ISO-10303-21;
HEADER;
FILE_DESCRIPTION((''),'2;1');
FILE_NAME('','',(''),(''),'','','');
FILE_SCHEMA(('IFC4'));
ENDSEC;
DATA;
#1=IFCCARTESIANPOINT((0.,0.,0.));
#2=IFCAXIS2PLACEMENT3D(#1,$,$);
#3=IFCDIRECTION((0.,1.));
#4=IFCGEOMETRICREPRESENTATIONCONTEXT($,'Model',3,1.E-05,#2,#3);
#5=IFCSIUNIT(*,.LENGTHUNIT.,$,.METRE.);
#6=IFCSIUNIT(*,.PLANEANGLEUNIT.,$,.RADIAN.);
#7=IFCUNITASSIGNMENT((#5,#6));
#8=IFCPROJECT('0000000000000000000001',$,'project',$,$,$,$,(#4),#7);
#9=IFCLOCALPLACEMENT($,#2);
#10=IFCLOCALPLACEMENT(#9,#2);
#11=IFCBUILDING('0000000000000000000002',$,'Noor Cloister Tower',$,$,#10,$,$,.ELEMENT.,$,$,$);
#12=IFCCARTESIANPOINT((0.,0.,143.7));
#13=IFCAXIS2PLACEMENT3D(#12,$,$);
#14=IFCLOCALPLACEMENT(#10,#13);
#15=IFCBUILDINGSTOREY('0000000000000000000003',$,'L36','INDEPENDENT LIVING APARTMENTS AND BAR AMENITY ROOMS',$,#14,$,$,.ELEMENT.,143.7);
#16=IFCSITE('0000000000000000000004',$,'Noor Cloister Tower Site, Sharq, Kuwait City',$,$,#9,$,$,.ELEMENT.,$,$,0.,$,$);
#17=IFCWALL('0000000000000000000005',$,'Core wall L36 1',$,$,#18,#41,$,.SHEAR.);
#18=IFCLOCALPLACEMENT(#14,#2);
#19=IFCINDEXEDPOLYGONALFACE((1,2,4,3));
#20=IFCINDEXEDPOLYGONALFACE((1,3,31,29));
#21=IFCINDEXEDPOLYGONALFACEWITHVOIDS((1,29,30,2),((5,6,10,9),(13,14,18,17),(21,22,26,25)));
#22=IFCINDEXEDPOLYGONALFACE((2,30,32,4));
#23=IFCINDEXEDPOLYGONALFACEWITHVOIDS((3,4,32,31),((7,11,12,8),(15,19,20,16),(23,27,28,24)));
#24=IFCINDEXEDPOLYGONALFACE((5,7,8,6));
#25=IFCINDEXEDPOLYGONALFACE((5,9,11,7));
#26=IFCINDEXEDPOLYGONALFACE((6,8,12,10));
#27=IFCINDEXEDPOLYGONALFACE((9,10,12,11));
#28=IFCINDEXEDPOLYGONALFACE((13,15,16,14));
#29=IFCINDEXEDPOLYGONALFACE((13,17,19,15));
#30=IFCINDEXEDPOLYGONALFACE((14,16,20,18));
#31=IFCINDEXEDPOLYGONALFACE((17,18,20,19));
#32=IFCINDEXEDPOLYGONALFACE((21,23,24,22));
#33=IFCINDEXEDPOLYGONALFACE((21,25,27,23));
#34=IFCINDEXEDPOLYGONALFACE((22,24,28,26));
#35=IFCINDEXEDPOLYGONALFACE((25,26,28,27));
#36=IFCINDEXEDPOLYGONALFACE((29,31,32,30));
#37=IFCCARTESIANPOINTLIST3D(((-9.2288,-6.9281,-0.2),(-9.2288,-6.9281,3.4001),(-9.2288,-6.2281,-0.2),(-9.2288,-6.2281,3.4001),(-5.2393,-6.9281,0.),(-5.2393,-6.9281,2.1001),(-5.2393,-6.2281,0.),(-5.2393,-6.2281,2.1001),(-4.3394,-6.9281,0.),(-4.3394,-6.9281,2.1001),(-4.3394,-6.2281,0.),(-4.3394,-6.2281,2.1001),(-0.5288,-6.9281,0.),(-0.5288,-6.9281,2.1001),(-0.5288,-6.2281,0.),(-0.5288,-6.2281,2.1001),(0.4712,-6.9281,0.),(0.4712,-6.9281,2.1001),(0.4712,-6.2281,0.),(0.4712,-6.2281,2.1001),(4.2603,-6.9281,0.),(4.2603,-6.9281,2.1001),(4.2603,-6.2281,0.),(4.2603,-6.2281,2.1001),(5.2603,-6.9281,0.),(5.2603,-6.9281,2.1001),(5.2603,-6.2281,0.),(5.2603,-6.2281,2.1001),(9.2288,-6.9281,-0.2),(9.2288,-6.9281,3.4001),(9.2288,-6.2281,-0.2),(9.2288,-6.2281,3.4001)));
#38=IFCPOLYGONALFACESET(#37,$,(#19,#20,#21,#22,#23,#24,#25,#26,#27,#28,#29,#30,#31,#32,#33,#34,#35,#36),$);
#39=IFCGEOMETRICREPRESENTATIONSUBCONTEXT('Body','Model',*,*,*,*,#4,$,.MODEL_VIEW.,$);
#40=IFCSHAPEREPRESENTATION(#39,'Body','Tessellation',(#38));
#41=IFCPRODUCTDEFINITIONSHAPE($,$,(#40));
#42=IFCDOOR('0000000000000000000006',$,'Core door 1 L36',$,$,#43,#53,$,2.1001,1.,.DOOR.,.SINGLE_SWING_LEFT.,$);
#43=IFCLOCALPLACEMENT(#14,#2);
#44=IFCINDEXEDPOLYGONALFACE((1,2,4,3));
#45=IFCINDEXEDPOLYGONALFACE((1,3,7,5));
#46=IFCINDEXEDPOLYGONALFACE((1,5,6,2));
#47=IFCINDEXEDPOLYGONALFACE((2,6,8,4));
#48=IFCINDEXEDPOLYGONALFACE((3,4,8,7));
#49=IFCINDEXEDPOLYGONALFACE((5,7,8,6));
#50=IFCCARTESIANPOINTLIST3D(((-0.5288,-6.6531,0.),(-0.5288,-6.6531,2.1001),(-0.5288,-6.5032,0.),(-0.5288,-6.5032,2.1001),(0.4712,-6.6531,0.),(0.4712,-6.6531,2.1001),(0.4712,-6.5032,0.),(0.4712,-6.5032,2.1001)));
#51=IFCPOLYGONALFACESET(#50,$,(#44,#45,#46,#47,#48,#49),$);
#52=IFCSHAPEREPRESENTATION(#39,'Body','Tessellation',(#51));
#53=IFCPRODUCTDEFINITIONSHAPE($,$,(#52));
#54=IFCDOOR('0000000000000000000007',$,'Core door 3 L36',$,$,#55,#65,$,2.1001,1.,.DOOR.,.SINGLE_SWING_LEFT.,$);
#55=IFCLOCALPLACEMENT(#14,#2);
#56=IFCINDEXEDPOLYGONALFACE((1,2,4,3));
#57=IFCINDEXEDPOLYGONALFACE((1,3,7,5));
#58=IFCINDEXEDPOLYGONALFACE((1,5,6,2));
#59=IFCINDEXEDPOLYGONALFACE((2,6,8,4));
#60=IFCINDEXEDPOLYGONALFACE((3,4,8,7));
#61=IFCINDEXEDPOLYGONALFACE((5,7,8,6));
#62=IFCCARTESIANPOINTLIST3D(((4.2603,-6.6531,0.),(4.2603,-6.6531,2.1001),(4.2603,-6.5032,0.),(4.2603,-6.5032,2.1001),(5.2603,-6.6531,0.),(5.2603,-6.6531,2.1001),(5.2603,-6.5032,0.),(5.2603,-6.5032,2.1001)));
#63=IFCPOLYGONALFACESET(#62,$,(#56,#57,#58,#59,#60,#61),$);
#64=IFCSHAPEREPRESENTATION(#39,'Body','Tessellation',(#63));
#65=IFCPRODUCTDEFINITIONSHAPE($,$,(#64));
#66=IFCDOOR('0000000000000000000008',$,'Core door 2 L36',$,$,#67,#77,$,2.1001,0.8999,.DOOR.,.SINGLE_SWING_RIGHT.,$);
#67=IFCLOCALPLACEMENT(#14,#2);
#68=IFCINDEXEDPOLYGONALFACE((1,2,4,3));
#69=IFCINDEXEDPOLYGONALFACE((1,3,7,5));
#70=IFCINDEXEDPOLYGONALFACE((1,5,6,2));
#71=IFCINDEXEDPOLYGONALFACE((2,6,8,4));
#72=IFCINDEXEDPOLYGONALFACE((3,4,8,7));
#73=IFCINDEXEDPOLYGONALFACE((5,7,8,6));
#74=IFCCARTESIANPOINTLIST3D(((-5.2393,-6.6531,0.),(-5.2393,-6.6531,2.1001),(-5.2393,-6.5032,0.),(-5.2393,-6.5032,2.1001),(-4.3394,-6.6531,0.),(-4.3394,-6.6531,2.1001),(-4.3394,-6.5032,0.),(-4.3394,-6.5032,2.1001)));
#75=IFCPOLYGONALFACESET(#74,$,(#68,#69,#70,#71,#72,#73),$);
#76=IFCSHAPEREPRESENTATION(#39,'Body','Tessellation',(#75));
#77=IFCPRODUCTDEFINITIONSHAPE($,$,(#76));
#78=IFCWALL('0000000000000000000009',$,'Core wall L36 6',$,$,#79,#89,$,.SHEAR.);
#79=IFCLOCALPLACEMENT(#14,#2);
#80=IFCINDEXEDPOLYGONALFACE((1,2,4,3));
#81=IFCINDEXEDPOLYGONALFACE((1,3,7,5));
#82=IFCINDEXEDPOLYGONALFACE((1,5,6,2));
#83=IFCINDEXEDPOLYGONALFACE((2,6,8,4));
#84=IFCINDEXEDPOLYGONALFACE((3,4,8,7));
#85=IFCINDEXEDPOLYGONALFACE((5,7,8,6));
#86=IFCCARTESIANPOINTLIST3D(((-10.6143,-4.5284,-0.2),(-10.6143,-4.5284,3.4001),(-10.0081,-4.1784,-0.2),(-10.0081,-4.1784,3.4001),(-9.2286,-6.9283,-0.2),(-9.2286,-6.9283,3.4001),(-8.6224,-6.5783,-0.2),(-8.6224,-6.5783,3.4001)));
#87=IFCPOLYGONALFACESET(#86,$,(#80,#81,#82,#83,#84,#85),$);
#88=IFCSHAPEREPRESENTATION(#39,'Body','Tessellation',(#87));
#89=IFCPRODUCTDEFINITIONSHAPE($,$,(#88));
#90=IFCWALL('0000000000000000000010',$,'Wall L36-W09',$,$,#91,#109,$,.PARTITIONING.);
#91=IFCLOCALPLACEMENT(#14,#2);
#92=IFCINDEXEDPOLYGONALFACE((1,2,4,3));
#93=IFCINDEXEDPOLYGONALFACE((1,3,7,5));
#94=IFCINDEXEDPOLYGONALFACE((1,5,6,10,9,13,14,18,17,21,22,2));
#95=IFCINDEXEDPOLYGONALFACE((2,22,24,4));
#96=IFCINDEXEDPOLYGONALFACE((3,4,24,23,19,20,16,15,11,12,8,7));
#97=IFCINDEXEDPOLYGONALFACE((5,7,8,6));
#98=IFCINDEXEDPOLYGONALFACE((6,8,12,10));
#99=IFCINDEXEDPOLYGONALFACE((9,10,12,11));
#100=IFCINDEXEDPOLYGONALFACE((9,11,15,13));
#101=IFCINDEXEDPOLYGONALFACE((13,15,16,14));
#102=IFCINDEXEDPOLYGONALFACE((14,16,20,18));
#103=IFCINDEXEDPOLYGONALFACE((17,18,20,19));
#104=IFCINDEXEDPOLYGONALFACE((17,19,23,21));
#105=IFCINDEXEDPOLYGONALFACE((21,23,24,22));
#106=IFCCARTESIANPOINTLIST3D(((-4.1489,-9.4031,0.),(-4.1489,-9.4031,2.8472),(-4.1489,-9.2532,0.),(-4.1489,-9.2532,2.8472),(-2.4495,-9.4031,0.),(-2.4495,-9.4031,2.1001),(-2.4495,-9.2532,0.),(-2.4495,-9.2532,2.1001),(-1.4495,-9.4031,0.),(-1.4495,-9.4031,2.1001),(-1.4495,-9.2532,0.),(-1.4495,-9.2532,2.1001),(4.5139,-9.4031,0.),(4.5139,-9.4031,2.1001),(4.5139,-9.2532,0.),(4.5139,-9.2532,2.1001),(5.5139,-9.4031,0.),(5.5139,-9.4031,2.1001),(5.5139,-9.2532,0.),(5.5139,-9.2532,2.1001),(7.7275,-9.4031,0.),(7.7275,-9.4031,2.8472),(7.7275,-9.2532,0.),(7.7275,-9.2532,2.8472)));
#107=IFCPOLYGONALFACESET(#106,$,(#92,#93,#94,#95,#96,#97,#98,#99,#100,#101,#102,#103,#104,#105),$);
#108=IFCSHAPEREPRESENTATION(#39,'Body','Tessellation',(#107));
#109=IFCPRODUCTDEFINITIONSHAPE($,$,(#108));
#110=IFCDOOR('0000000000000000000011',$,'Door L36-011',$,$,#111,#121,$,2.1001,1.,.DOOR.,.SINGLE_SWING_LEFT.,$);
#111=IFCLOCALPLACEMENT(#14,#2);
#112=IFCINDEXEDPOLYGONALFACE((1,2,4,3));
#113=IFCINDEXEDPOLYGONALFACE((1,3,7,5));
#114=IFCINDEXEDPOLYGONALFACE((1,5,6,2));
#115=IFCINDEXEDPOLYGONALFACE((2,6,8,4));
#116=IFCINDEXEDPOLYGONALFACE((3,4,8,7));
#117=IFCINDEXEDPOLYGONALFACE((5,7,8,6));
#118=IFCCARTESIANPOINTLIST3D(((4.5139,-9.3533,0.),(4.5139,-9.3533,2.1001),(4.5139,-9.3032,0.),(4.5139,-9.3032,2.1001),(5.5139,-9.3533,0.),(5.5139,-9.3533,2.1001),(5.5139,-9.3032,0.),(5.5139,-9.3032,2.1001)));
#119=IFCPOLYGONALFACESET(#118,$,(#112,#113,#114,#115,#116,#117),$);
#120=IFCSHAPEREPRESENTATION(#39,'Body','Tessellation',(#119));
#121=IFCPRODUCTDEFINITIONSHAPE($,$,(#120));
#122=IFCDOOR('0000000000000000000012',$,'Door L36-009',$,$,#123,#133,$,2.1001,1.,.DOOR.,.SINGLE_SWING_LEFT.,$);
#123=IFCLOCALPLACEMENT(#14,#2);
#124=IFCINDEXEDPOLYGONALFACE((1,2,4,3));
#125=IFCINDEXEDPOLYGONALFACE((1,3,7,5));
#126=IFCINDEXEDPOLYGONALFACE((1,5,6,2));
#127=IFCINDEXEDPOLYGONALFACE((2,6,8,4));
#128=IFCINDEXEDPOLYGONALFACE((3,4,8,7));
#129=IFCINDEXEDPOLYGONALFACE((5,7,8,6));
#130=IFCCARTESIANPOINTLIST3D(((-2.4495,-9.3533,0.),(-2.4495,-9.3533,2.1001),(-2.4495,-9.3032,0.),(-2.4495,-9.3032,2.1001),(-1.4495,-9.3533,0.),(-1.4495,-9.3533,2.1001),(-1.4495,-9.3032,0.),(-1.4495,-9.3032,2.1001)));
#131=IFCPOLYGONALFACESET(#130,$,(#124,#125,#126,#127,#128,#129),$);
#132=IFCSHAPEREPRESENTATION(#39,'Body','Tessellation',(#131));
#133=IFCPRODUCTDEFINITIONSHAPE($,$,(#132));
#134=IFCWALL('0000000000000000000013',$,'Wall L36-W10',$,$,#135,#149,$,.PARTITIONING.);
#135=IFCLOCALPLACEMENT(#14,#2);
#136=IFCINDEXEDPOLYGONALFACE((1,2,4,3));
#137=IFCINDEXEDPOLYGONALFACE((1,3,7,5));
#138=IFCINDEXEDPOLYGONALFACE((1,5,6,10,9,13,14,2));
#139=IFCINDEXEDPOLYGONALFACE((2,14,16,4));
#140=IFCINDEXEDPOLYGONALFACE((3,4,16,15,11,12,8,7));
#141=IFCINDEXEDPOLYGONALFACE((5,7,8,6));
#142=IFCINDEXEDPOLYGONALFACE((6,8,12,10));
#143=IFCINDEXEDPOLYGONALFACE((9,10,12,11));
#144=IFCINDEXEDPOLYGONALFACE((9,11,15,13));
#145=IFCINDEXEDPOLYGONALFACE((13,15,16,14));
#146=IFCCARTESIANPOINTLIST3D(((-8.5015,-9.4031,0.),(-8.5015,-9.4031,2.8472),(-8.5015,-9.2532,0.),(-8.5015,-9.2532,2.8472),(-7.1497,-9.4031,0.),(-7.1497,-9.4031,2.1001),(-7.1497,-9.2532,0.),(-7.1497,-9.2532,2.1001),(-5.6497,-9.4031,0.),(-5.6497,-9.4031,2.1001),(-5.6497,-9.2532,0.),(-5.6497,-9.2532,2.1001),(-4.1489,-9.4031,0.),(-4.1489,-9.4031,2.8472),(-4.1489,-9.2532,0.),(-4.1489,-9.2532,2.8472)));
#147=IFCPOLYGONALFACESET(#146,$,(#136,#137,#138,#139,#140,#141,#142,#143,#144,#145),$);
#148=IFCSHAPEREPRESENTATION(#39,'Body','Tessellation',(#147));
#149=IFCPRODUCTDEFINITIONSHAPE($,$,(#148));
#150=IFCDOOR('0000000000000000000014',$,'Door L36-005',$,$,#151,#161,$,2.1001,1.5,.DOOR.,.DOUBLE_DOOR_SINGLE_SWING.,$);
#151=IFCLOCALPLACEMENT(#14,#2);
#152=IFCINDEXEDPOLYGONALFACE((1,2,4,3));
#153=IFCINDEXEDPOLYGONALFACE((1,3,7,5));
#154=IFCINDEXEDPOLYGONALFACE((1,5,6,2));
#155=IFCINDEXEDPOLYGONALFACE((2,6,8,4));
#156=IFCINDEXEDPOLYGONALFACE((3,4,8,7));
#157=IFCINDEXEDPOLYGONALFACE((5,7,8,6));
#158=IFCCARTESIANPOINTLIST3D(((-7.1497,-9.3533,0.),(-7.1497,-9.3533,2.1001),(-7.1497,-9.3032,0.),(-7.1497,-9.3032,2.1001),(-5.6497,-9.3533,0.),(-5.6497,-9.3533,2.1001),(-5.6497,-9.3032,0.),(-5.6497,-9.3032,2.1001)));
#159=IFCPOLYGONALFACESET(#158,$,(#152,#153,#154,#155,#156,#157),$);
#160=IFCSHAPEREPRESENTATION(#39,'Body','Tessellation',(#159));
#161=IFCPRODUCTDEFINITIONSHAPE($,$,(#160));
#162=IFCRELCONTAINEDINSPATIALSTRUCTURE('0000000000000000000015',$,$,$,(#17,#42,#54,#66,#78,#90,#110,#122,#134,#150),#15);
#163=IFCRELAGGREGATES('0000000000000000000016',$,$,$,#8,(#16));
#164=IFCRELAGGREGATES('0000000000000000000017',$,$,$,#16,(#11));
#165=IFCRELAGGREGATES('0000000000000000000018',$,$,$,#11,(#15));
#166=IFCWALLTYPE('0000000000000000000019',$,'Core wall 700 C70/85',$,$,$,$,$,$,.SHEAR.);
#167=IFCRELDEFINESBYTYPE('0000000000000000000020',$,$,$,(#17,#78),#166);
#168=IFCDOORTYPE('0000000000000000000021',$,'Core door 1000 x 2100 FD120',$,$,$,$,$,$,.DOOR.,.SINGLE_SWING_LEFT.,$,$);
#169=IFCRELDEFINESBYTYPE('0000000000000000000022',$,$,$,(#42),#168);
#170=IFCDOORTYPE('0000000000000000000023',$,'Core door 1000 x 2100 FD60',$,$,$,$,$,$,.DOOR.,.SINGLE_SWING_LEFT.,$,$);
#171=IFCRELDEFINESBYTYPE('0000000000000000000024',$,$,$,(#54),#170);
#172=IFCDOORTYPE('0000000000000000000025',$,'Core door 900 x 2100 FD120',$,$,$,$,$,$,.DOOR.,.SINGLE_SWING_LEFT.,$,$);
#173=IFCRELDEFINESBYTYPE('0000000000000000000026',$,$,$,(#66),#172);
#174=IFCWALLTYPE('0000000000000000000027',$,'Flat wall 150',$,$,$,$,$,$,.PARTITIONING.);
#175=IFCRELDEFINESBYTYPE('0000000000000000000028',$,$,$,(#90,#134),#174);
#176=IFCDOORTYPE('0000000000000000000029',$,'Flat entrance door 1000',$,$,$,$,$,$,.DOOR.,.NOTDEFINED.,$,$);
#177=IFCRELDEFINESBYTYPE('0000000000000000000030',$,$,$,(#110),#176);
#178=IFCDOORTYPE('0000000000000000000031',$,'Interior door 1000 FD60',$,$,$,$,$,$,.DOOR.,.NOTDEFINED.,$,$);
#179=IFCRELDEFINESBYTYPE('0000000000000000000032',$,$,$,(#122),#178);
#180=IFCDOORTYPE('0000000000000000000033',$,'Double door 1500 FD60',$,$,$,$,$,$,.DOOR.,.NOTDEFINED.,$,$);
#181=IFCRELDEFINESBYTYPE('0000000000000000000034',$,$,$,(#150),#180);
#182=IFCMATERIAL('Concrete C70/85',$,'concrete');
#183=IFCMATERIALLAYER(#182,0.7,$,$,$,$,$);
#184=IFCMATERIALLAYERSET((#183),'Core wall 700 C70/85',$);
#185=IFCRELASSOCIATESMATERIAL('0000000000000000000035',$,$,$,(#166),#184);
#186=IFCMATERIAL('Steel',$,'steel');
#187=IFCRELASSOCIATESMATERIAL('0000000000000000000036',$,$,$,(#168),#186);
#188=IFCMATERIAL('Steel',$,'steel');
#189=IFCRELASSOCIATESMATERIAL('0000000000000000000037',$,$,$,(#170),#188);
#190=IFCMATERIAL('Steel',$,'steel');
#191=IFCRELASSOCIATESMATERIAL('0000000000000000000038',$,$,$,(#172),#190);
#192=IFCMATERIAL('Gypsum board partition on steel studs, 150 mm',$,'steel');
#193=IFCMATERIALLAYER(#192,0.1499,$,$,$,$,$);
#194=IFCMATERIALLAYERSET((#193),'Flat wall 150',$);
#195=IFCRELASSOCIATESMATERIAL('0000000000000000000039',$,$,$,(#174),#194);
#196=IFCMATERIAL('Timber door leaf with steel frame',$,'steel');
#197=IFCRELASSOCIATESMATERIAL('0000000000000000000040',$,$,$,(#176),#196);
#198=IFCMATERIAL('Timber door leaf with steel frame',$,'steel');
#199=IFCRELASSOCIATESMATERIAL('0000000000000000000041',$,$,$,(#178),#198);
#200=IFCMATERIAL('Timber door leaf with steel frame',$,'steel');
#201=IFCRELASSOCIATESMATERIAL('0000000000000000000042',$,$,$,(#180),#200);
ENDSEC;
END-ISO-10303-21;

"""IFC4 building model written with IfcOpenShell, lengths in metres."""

from ifc_helpers import new_model, si_unit, direction, frame, frame_2d, origin, place, context, subcontext, project, spatial, rectangle, extrude, material, layer, layer_set, type_object, element, fill, save


model = new_model("IFC4")

# Units and contexts
model_context = context("Model", 3, precision=1e-05, world=origin(), true_north=direction((0.0, 1.0)))
body_context = subcontext(model_context, "Body", "Model", "MODEL_VIEW")
ifc_project = project(units=[si_unit("LENGTHUNIT", "METRE"), si_unit("PLANEANGLEUNIT", "RADIAN")], contexts=[model_context])

# Site, building, storey
site_placement = place(None, origin())
site = spatial("IfcSite", under=ifc_project, at=site_placement, Name="Noor Cloister Tower Site, Sharq, Kuwait City", CompositionType="ELEMENT", RefElevation=0.0)
building_placement = place(site_placement, origin())
building = spatial("IfcBuilding", under=site, at=building_placement, Name="Noor Cloister Tower", CompositionType="ELEMENT")
storey_placement = place(building_placement, frame((0.0, 0.0, 143.7)))
storey = spatial("IfcBuildingStorey", under=building, at=storey_placement, Name="L36", Description="INDEPENDENT LIVING APARTMENTS AND BAR AMENITY ROOMS", CompositionType="ELEMENT", Elevation=143.7)

# Wall, openings, doors
ifc_material_1 = material(Name="Concrete C70/85", Category="concrete")
ifc_layer_1 = layer(ifc_material_1, 0.7)
ifc_layer_set_1 = layer_set([ifc_layer_1], Name="Core wall 700 C70/85")
wall_type_1 = type_object("IfcWallType", Name="Core wall 700 C70/85", PredefinedType="SHEAR", material=ifc_layer_set_1)
wall_1_placement = place(storey_placement, frame((-9.2288, -6.5781, -0.2), z_axis=(0.0, 0.0, 1.0), x_axis=(1.0, 0.0, 0.0)))
wall_1 = element("IfcWall", 1, at=wall_1_placement, inside=storey, type_object=wall_type_1, Name="Core wall L36 1", PredefinedType="SHEAR", context=body_context, shape_type="SweptSolid", body=[
    extrude(rectangle(XDim=18.4575, YDim=0.7, at=frame_2d((9.2288, 0.0))), origin(), (0.0, 0.0, 1.0), 3.6001),
])
opening_1_placement = place(wall_1_placement, frame((8.7, 0.0, 0.2)))
opening_1 = element("IfcOpeningElement", 2, at=opening_1_placement, cuts=wall_1, PredefinedType="OPENING", context=body_context, shape_type="SweptSolid", body=[
    extrude(rectangle(XDim=1.0, YDim=2.1001, at=frame_2d((0.5, 1.05))), frame((0.0, 0.3599, 0.0), z_axis=(0.0, -1.0, 0.0), x_axis=(1.0, 0.0, 0.0)), (0.0, 0.0, 1.0), 0.72),
])
opening_2_placement = place(wall_1_placement, frame((3.9895, 0.0, 0.2)))
opening_2 = element("IfcOpeningElement", 3, at=opening_2_placement, cuts=wall_1, PredefinedType="OPENING", context=body_context, shape_type="SweptSolid", body=[
    extrude(rectangle(XDim=0.8999, YDim=2.1001, at=frame_2d((0.45, 1.05))), frame((0.0, 0.3599, 0.0), z_axis=(0.0, -1.0, 0.0), x_axis=(1.0, 0.0, 0.0)), (0.0, 0.0, 1.0), 0.72),
])
opening_3_placement = place(wall_1_placement, frame((13.489, 0.0, 0.2)))
opening_3 = element("IfcOpeningElement", 4, at=opening_3_placement, cuts=wall_1, PredefinedType="OPENING", context=body_context, shape_type="SweptSolid", body=[
    extrude(rectangle(XDim=1.0, YDim=2.1001, at=frame_2d((0.5, 1.05))), frame((0.0, 0.3599, 0.0), z_axis=(0.0, -1.0, 0.0), x_axis=(1.0, 0.0, 0.0)), (0.0, 0.0, 1.0), 0.72),
])
ifc_material_2 = material(Name="Steel", Category="steel")
door_type_1 = type_object("IfcDoorType", Name="Core door 1000 x 2100 FD120", OperationType="SINGLE_SWING_LEFT", PredefinedType="DOOR", material=ifc_material_2)
door_1_placement = place(opening_1_placement, origin())
door_1 = element("IfcDoor", 5, at=door_1_placement, inside=storey, type_object=door_type_1, Name="Core door 1 L36", OperationType="SINGLE_SWING_LEFT", OverallHeight=2.1001, OverallWidth=1.0, PredefinedType="DOOR", context=body_context, shape_type="SweptSolid", body=[
    extrude(rectangle(XDim=1.0, YDim=2.1001, at=frame_2d((0.5, 1.05))), frame((0.0, 0.075, 0.0), z_axis=(0.0, -1.0, 0.0), x_axis=(1.0, 0.0, 0.0)), (0.0, 0.0, 1.0), 0.1499),
])
fill(opening_1, door_1)
ifc_material_3 = material(Name="Steel", Category="steel")
door_type_2 = type_object("IfcDoorType", Name="Core door 1000 x 2100 FD60", OperationType="SINGLE_SWING_LEFT", PredefinedType="DOOR", material=ifc_material_3)
door_2_placement = place(opening_3_placement, origin())
door_2 = element("IfcDoor", 6, at=door_2_placement, inside=storey, type_object=door_type_2, Name="Core door 3 L36", OperationType="SINGLE_SWING_LEFT", OverallHeight=2.1001, OverallWidth=1.0, PredefinedType="DOOR", context=body_context, shape_type="SweptSolid", body=[
    extrude(rectangle(XDim=1.0, YDim=2.1001, at=frame_2d((0.5, 1.05))), frame((0.0, 0.075, 0.0), z_axis=(0.0, -1.0, 0.0), x_axis=(1.0, 0.0, 0.0)), (0.0, 0.0, 1.0), 0.1499),
])
fill(opening_3, door_2)
ifc_material_4 = material(Name="Steel", Category="steel")
door_type_3 = type_object("IfcDoorType", Name="Core door 900 x 2100 FD120", OperationType="SINGLE_SWING_LEFT", PredefinedType="DOOR", material=ifc_material_4)
door_3_placement = place(opening_2_placement, origin())
door_3 = element("IfcDoor", 7, at=door_3_placement, inside=storey, type_object=door_type_3, Name="Core door 2 L36", OperationType="SINGLE_SWING_RIGHT", OverallHeight=2.1001, OverallWidth=0.8999, PredefinedType="DOOR", context=body_context, shape_type="SweptSolid", body=[
    extrude(rectangle(XDim=0.8999, YDim=2.1001, at=frame_2d((0.45, 1.05))), frame((0.0, 0.075, 0.0), z_axis=(0.0, -1.0, 0.0), x_axis=(1.0, 0.0, 0.0)), (0.0, 0.0, 1.0), 0.1499),
])
fill(opening_2, door_3)

# Wall
wall_2_placement = place(storey_placement, frame((-10.3113, -4.3533, -0.2), z_axis=(0.0, 0.0, 1.0), x_axis=(0.500043, -0.866001, 0.0)))
element("IfcWall", 8, at=wall_2_placement, inside=storey, type_object=wall_type_1, Name="Core wall L36 6", PredefinedType="SHEAR", context=body_context, shape_type="SweptSolid", body=[
    extrude(rectangle(XDim=2.7712, YDim=0.7, at=frame_2d((1.3857, 0.0))), origin(), (0.0, 0.0, 1.0), 3.6001),
])

# Wall, openings, doors
ifc_material_5 = material(Name="Gypsum board partition on steel studs, 150 mm", Category="steel")
ifc_layer_2 = layer(ifc_material_5, 0.1499)
ifc_layer_set_2 = layer_set([ifc_layer_2], Name="Flat wall 150")
wall_type_2 = type_object("IfcWallType", Name="Flat wall 150", PredefinedType="PARTITIONING", material=ifc_layer_set_2)
wall_3_placement = place(storey_placement, frame((-4.1489, -9.3281, 0.0), z_axis=(0.0, 0.0, 1.0), x_axis=(1.0, 0.0, 0.0)))
wall_3 = element("IfcWall", 9, at=wall_3_placement, inside=storey, type_object=wall_type_2, Name="Wall L36-W09", PredefinedType="PARTITIONING", context=body_context, shape_type="SweptSolid", body=[
    extrude(rectangle(XDim=11.8765, YDim=0.1499, at=frame_2d((5.9382, 0.0))), origin(), (0.0, 0.0, 1.0), 2.8472),
])
opening_4_placement = place(wall_3_placement, frame((1.6995, 0.0, 0.0)))
opening_4 = element("IfcOpeningElement", 10, at=opening_4_placement, cuts=wall_3, PredefinedType="OPENING", context=body_context, shape_type="SweptSolid", body=[
    extrude(rectangle(XDim=1.0, YDim=2.1001, at=frame_2d((0.5, 1.05))), frame((0.0, 0.085, 0.0), z_axis=(0.0, -1.0, 0.0), x_axis=(1.0, 0.0, 0.0)), (0.0, 0.0, 1.0), 0.1699),
])
opening_5_placement = place(wall_3_placement, frame((8.6628, 0.0, 0.0)))
opening_5 = element("IfcOpeningElement", 11, at=opening_5_placement, cuts=wall_3, PredefinedType="OPENING", context=body_context, shape_type="SweptSolid", body=[
    extrude(rectangle(XDim=1.0, YDim=2.1001, at=frame_2d((0.5, 1.05))), frame((0.0, 0.085, 0.0), z_axis=(0.0, -1.0, 0.0), x_axis=(1.0, 0.0, 0.0)), (0.0, 0.0, 1.0), 0.1699),
])
ifc_material_6 = material(Name="Timber door leaf with steel frame", Category="steel")
door_type_4 = type_object("IfcDoorType", Name="Flat entrance door 1000", OperationType="NOTDEFINED", PredefinedType="DOOR", material=ifc_material_6)
door_4_placement = place(opening_5_placement, origin())
door_4 = element("IfcDoor", 12, at=door_4_placement, inside=storey, type_object=door_type_4, Name="Door L36-011", OperationType="SINGLE_SWING_LEFT", OverallHeight=2.1001, OverallWidth=1.0, PredefinedType="DOOR", context=body_context, shape_type="SweptSolid", body=[
    extrude(rectangle(XDim=1.0, YDim=2.1001, at=frame_2d((0.5, 1.05))), frame((0.0, 0.0249, 0.0), z_axis=(0.0, -1.0, 0.0), x_axis=(1.0, 0.0, 0.0)), (0.0, 0.0, 1.0), 0.05),
])
fill(opening_5, door_4)
ifc_material_7 = material(Name="Timber door leaf with steel frame", Category="steel")
door_type_5 = type_object("IfcDoorType", Name="Interior door 1000 FD60", OperationType="NOTDEFINED", PredefinedType="DOOR", material=ifc_material_7)
door_5_placement = place(opening_4_placement, origin())
door_5 = element("IfcDoor", 13, at=door_5_placement, inside=storey, type_object=door_type_5, Name="Door L36-009", OperationType="SINGLE_SWING_LEFT", OverallHeight=2.1001, OverallWidth=1.0, PredefinedType="DOOR", context=body_context, shape_type="SweptSolid", body=[
    extrude(rectangle(XDim=1.0, YDim=2.1001, at=frame_2d((0.5, 1.05))), frame((0.0, 0.0249, 0.0), z_axis=(0.0, -1.0, 0.0), x_axis=(1.0, 0.0, 0.0)), (0.0, 0.0, 1.0), 0.05),
])
fill(opening_4, door_5)

# Wall, opening, door
wall_4_placement = place(storey_placement, frame((-8.5015, -9.3281, 0.0), z_axis=(0.0, 0.0, 1.0), x_axis=(1.0, 0.0, 0.0)))
wall_4 = element("IfcWall", 14, at=wall_4_placement, inside=storey, type_object=wall_type_2, Name="Wall L36-W10", PredefinedType="PARTITIONING", context=body_context, shape_type="SweptSolid", body=[
    extrude(rectangle(XDim=4.3525, YDim=0.1499, at=frame_2d((2.1763, 0.0))), origin(), (0.0, 0.0, 1.0), 2.8472),
])
opening_6_placement = place(wall_4_placement, frame((1.3518, 0.0, 0.0)))
opening_6 = element("IfcOpeningElement", 15, at=opening_6_placement, cuts=wall_4, PredefinedType="OPENING", context=body_context, shape_type="SweptSolid", body=[
    extrude(rectangle(XDim=1.5, YDim=2.1001, at=frame_2d((0.75, 1.05))), frame((0.0, 0.085, 0.0), z_axis=(0.0, -1.0, 0.0), x_axis=(1.0, 0.0, 0.0)), (0.0, 0.0, 1.0), 0.1699),
])
ifc_material_8 = material(Name="Timber door leaf with steel frame", Category="steel")
door_type_6 = type_object("IfcDoorType", Name="Double door 1500 FD60", OperationType="NOTDEFINED", PredefinedType="DOOR", material=ifc_material_8)
door_6_placement = place(opening_6_placement, origin())
door_6 = element("IfcDoor", 16, at=door_6_placement, inside=storey, type_object=door_type_6, Name="Door L36-005", OperationType="DOUBLE_DOOR_SINGLE_SWING", OverallHeight=2.1001, OverallWidth=1.5, PredefinedType="DOOR", context=body_context, shape_type="SweptSolid", body=[
    extrude(rectangle(XDim=1.5, YDim=2.1001, at=frame_2d((0.75, 1.05))), frame((0.0, 0.0249, 0.0), z_axis=(0.0, -1.0, 0.0), x_axis=(1.0, 0.0, 0.0)), (0.0, 0.0, 1.0), 0.05),
])
fill(opening_6, door_6)

save(model, "model.ifc")
